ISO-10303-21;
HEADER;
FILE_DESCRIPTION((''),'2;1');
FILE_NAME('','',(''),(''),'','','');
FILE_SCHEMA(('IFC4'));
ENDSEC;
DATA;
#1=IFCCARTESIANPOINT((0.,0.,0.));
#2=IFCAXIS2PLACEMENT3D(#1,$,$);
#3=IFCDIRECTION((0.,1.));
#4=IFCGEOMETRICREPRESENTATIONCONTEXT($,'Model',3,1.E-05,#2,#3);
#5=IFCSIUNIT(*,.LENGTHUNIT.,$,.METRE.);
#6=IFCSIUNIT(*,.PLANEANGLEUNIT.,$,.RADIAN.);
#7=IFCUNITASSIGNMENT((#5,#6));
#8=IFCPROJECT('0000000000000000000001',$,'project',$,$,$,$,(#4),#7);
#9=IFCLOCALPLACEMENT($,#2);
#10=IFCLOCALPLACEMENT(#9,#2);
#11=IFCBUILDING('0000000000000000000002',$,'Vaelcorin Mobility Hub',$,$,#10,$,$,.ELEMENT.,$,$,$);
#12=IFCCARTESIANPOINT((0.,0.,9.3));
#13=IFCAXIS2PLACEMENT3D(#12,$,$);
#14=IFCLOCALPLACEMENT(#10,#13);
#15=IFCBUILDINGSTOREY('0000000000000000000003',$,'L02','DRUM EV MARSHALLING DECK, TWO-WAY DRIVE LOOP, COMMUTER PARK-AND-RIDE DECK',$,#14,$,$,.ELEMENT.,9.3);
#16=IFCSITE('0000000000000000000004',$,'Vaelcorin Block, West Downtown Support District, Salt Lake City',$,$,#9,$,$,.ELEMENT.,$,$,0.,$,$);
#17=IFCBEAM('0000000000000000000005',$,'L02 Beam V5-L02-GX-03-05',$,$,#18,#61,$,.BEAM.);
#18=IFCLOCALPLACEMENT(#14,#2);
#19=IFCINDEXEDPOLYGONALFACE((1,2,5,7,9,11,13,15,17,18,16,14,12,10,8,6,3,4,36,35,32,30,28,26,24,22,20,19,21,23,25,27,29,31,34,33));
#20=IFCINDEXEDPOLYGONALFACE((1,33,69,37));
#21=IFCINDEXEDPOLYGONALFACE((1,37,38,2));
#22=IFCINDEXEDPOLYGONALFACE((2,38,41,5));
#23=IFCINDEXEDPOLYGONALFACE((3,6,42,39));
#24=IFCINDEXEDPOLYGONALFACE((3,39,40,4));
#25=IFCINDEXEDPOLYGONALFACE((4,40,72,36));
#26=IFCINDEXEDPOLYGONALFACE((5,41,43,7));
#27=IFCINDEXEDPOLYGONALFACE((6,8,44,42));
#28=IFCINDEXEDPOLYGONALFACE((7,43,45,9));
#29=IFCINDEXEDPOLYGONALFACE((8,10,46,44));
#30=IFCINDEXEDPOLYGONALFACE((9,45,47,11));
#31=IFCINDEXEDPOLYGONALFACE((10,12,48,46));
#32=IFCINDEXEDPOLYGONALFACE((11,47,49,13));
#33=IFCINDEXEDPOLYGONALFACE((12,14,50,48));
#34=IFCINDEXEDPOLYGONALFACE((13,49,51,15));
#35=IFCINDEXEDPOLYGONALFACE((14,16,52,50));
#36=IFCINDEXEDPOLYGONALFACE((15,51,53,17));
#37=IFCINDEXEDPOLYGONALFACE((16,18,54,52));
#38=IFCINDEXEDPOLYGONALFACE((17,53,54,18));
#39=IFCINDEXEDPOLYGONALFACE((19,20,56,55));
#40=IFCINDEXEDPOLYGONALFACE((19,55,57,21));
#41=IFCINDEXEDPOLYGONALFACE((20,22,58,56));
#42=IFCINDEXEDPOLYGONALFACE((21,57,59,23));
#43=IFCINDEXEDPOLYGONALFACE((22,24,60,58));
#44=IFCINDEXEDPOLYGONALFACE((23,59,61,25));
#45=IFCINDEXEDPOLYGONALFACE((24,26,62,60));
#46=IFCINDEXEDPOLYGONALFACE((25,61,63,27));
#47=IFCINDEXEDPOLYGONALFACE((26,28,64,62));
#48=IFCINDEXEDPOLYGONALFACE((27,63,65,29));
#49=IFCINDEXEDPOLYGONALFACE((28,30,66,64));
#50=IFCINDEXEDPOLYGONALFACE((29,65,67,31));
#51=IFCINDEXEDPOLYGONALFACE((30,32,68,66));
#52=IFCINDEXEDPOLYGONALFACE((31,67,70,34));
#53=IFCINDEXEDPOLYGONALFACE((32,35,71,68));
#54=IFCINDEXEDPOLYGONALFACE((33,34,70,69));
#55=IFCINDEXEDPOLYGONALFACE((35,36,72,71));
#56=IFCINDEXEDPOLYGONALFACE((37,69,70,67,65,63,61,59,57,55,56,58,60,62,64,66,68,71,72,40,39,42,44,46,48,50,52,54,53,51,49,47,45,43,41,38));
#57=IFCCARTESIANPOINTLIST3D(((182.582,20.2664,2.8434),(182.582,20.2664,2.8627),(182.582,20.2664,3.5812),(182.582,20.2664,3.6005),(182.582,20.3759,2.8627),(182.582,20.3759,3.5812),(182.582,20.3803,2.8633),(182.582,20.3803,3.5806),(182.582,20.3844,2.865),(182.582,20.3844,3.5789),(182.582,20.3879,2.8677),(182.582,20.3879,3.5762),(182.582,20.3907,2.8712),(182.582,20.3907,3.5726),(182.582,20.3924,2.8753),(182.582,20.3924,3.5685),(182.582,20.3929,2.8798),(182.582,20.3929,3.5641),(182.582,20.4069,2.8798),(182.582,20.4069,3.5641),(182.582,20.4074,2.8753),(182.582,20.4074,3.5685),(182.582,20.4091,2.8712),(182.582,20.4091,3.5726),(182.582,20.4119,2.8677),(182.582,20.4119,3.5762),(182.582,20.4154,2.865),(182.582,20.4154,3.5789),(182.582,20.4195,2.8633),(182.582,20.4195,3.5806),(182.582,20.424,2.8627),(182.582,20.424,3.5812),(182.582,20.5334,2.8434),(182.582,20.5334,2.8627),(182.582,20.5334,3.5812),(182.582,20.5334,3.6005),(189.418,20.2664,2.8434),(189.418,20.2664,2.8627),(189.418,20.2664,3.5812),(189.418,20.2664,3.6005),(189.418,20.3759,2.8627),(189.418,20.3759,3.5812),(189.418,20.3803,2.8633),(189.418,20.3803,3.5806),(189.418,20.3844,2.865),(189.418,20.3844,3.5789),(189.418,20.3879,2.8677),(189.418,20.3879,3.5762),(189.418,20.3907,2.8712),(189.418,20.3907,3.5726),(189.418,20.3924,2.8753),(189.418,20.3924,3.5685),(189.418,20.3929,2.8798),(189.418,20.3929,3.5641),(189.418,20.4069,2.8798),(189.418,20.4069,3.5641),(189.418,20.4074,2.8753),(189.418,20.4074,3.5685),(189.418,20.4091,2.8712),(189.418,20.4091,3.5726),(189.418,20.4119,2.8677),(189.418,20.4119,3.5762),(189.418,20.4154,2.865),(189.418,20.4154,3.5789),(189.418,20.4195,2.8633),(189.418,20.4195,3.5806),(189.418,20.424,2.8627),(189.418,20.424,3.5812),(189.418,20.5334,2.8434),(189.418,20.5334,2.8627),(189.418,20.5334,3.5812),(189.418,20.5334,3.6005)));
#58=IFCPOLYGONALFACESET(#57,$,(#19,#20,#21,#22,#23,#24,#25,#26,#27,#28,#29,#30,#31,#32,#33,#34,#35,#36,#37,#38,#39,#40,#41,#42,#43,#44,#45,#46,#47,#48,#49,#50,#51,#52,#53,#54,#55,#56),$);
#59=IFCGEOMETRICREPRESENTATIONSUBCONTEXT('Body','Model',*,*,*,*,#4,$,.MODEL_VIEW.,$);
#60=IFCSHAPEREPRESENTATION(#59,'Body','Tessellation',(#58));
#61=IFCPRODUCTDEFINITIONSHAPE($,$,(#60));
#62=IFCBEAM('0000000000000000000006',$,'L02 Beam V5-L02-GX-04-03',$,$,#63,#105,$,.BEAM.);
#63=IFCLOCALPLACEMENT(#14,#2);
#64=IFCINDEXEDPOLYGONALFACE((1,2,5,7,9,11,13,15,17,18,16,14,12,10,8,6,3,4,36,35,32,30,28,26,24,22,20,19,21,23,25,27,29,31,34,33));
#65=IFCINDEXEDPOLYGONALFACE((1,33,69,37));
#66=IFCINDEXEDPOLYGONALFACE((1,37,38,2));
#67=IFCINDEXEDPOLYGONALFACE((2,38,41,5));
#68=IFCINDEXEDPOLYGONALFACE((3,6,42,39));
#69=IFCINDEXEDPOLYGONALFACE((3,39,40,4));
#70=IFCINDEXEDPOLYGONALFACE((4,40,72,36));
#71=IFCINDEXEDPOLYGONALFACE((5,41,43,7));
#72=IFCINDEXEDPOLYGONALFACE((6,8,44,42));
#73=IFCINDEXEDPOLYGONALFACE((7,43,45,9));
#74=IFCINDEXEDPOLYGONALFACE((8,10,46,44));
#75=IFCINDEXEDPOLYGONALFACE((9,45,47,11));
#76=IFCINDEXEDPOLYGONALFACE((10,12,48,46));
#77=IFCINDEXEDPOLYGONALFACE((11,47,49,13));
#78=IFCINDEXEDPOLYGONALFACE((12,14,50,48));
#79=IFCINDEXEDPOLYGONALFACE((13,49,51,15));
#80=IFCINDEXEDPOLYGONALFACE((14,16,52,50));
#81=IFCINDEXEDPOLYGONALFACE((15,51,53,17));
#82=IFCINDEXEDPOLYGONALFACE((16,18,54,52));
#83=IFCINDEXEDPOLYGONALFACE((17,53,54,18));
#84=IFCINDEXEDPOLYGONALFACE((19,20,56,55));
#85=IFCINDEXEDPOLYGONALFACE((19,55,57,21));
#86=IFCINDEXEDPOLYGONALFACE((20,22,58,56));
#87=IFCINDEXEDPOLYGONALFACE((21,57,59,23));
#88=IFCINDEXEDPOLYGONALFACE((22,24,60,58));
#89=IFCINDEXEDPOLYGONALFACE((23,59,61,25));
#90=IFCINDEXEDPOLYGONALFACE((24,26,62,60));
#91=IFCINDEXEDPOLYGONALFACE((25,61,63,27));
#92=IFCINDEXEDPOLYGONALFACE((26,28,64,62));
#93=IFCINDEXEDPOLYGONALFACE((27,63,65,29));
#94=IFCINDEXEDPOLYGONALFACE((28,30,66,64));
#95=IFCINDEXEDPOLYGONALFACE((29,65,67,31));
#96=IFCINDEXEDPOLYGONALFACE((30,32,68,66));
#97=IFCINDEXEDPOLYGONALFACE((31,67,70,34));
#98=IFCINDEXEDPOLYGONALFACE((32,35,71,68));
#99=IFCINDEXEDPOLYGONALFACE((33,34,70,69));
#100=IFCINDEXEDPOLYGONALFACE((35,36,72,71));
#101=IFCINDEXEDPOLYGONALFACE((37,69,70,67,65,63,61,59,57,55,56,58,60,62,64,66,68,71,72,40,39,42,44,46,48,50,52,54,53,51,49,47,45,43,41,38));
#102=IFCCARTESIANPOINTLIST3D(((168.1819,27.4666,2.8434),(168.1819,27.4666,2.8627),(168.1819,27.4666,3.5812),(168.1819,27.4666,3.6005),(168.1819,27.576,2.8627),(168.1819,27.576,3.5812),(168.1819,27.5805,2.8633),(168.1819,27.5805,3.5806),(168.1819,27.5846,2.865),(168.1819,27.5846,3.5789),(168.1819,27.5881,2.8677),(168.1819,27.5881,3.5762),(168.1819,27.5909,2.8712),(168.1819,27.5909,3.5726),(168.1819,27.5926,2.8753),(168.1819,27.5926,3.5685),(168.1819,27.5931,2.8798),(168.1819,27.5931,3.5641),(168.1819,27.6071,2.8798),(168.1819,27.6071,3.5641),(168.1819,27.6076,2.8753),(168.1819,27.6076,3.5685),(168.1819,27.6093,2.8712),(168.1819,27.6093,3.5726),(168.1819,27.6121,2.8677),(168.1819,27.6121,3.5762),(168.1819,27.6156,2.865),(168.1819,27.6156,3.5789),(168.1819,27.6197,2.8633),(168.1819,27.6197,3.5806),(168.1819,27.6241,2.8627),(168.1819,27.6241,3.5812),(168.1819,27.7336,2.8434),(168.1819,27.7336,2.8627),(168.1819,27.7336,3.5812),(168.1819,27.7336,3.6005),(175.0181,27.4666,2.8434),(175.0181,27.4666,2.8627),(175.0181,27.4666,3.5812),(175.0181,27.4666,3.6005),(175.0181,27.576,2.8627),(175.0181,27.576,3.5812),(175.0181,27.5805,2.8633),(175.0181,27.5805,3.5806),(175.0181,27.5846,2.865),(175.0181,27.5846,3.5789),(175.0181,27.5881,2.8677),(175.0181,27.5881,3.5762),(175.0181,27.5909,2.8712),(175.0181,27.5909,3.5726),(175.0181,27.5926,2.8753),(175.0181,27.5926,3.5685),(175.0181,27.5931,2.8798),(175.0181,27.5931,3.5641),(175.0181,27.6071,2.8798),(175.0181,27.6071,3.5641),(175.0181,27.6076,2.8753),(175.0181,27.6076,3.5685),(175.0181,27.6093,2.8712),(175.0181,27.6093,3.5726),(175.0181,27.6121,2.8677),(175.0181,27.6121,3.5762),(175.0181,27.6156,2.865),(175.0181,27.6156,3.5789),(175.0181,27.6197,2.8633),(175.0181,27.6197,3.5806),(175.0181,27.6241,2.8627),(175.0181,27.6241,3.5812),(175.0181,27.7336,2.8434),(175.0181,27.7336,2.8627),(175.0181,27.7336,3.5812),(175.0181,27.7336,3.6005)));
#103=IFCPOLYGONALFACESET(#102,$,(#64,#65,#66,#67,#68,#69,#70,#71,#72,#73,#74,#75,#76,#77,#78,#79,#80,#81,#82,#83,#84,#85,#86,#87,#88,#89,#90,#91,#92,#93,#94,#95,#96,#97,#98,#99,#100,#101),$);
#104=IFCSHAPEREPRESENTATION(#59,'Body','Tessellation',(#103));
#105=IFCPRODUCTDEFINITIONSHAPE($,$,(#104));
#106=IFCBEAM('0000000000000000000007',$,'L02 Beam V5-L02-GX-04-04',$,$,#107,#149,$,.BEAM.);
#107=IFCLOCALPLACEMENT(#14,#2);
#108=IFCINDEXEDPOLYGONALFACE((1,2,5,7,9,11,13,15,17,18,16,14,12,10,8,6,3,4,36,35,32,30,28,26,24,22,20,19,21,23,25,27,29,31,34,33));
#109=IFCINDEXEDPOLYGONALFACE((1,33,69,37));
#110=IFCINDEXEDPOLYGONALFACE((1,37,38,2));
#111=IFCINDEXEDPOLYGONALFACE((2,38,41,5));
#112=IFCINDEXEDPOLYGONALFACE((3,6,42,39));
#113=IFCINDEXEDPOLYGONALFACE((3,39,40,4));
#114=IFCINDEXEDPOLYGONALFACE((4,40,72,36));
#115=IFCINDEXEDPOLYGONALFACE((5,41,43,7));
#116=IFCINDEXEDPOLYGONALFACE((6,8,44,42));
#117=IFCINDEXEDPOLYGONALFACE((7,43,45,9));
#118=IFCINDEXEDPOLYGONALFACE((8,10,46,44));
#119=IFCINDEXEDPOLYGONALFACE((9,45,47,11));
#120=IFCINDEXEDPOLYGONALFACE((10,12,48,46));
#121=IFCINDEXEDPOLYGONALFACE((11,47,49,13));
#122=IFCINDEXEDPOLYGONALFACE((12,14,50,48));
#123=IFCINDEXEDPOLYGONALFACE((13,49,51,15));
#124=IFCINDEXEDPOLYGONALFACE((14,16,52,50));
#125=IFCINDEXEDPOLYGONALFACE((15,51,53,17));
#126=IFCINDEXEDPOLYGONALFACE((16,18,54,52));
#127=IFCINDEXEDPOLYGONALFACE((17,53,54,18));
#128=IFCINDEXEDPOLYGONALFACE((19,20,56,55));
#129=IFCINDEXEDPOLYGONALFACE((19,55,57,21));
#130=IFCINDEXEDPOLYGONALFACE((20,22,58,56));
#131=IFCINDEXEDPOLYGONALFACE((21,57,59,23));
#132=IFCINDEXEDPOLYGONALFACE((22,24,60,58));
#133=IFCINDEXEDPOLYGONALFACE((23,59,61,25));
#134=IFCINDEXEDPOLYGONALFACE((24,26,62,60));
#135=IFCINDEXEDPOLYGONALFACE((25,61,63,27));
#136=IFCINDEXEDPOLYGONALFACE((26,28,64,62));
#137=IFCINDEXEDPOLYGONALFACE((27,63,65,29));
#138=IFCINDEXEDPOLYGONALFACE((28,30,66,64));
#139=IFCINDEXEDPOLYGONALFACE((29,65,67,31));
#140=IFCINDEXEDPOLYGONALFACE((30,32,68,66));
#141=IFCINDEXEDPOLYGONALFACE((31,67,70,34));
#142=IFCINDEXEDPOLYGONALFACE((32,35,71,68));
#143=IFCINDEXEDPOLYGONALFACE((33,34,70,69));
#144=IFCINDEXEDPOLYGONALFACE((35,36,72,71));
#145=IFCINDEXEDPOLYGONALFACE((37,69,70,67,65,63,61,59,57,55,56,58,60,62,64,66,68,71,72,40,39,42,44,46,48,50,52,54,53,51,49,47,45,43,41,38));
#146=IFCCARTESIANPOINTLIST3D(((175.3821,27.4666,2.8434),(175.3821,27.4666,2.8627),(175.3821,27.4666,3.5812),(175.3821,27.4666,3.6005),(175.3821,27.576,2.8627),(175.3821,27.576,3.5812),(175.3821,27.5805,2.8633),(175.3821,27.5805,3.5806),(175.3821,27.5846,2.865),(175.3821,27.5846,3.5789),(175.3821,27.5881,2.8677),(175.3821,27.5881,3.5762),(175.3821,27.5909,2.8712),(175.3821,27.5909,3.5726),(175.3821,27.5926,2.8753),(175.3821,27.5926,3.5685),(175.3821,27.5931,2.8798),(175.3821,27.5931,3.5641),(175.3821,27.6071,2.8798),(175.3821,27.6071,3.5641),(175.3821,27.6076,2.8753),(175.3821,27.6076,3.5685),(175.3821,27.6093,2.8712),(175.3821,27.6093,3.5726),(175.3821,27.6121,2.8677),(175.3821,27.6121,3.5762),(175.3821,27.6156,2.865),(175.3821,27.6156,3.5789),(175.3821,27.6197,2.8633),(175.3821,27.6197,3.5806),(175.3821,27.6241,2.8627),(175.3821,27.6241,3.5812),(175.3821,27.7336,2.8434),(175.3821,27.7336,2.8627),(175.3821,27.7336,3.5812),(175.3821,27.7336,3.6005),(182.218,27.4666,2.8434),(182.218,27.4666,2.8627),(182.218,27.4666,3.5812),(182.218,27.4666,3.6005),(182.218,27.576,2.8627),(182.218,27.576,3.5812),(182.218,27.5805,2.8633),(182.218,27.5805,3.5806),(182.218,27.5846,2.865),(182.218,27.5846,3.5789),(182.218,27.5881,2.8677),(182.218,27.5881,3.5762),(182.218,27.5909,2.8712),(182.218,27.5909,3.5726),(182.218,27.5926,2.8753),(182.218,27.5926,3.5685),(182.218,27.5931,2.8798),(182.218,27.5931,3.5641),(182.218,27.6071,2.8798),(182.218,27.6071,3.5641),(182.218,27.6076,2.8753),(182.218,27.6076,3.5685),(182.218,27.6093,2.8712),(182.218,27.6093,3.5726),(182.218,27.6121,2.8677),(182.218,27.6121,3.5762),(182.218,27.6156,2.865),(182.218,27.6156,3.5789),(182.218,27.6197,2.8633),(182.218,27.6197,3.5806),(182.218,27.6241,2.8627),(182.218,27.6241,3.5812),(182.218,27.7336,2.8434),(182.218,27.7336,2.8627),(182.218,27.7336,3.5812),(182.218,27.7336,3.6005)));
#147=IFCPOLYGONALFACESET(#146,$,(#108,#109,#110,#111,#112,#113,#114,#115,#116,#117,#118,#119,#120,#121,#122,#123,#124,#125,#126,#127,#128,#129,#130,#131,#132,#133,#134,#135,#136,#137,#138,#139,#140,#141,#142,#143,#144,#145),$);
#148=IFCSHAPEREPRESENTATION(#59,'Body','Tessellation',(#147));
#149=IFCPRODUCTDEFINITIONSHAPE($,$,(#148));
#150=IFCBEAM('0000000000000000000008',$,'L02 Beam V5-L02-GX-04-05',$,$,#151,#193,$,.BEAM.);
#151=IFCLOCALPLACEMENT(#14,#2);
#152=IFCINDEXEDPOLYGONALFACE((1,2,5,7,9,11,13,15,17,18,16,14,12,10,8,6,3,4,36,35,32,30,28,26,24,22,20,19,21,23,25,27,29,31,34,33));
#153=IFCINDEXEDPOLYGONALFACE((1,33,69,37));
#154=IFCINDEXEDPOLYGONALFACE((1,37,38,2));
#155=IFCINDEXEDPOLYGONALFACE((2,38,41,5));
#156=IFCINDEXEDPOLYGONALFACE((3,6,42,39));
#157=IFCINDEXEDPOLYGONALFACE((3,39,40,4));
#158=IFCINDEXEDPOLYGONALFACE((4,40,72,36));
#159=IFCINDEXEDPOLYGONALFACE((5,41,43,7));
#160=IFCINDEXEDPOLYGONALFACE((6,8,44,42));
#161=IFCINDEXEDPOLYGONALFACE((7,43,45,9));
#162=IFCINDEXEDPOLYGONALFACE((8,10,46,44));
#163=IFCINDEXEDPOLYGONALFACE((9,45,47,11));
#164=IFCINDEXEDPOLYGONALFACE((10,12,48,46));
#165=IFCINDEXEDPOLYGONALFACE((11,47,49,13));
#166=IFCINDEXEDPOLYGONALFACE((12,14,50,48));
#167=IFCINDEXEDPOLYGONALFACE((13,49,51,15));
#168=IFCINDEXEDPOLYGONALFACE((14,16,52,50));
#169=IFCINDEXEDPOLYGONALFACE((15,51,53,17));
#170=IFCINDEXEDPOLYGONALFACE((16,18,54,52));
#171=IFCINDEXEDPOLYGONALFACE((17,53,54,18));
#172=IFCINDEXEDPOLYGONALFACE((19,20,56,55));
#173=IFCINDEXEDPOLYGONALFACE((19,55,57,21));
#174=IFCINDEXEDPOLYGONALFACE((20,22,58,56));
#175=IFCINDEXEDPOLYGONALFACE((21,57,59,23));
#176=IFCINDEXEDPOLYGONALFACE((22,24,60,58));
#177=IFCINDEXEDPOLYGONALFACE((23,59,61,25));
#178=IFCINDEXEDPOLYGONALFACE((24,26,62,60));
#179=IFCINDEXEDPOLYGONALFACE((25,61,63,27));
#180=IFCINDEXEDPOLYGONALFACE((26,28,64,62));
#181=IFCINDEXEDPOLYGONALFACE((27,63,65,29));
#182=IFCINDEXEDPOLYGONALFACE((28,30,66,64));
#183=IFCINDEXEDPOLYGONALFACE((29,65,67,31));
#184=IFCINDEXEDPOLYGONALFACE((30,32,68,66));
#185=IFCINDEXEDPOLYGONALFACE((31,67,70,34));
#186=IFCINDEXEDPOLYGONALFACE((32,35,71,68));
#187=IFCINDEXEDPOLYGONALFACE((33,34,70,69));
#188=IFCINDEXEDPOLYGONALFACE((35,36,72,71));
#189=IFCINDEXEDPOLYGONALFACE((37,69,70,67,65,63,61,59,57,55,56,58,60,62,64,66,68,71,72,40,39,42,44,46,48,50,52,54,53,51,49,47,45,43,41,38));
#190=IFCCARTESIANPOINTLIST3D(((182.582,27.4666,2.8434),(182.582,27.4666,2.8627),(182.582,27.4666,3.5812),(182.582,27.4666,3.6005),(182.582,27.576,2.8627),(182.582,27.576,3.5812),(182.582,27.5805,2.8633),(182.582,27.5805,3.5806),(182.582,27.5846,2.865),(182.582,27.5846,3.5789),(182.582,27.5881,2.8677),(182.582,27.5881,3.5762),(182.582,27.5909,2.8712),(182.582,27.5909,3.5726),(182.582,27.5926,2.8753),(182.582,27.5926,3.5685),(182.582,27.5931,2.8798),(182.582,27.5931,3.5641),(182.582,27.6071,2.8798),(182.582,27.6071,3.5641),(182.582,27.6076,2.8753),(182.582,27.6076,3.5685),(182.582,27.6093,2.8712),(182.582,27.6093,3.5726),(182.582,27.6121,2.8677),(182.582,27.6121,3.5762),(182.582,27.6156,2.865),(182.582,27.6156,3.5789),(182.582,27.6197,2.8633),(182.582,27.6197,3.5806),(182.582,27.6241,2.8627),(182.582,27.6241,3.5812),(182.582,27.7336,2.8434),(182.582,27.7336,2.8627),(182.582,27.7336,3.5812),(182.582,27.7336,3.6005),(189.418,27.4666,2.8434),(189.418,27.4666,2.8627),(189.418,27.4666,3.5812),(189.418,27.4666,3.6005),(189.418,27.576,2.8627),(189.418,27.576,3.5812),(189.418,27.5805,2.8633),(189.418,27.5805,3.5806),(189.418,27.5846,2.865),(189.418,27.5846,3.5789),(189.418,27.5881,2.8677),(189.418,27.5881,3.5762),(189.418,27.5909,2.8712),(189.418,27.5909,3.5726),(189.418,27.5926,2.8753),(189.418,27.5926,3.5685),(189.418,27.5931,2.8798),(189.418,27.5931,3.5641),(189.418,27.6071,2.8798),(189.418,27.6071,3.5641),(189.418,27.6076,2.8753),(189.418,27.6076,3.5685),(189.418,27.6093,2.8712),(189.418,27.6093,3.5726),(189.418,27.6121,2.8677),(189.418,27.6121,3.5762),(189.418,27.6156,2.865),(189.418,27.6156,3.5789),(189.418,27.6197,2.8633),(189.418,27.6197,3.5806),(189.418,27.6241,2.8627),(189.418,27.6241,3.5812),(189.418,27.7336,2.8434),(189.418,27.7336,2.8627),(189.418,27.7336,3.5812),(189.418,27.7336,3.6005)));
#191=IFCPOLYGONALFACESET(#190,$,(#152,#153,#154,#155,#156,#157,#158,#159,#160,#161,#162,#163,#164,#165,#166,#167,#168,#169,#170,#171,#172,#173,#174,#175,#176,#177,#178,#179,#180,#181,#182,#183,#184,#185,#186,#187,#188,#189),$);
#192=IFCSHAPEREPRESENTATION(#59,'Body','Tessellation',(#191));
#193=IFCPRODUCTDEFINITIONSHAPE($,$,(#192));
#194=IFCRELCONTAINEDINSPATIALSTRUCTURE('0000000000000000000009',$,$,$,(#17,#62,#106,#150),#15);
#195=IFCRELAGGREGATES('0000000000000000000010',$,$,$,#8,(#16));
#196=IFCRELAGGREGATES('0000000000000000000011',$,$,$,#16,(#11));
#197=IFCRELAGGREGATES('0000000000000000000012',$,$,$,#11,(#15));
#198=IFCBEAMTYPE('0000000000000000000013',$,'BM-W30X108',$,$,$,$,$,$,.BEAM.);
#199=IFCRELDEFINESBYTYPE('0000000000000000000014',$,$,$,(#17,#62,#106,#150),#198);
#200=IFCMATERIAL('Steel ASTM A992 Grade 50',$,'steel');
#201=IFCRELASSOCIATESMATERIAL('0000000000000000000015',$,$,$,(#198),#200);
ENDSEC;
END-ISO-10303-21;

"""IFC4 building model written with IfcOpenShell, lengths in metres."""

from ifc_helpers import new_model, si_unit, direction, frame, origin, origin_2d, place, context, subcontext, project, spatial, i_section, extrude, material, material_profile, profile_set, type_object, element, save


model = new_model("IFC4")

# Units and contexts
model_context = context("Model", 3, precision=1e-05, world=origin(), true_north=direction((0.0, 1.0)))
body_context = subcontext(model_context, "Body", "Model", "MODEL_VIEW")
ifc_project = project(units=[si_unit("LENGTHUNIT", "METRE"), si_unit("PLANEANGLEUNIT", "RADIAN")], contexts=[model_context])

# Site, building, storey
site_placement = place(None, origin())
site = spatial("IfcSite", under=ifc_project, at=site_placement, Name="Vaelcorin Block, West Downtown Support District, Salt Lake City", CompositionType="ELEMENT", RefElevation=0.0)
building_placement = place(site_placement, origin())
building = spatial("IfcBuilding", under=site, at=building_placement, Name="Vaelcorin Mobility Hub", CompositionType="ELEMENT")
storey_placement = place(building_placement, frame((0.0, 0.0, 9.3)))
storey = spatial("IfcBuildingStorey", under=building, at=storey_placement, Name="L02", Description="DRUM EV MARSHALLING DECK, TWO-WAY DRIVE LOOP, COMMUTER PARK-AND-RIDE DECK", CompositionType="ELEMENT", Elevation=9.3)

# Shared definitions
ifc_material_1 = material(Name="Steel ASTM A992 Grade 50", Category="steel")

# Beams
ifc_material_profile_1 = material_profile(ifc_material_1, i_section(OverallWidth=0.2671, OverallDepth=0.7571, WebThickness=0.0139, FlangeThickness=0.0193, FilletRadius=0.0171, at=origin_2d()), Name="W30X108")
ifc_profile_set_1 = profile_set([ifc_material_profile_1], Name="Steel ASTM A992 Grade 50")
beam_type_1 = type_object("IfcBeamType", Name="BM-W30X108", PredefinedType="BEAM", material=ifc_profile_set_1)
for number, where, z_axis, x_axis, name in (
    (1, (182.582, 20.3999, 3.2219), (1.0, 0.0, 0.0), (0.0, 1.0, 0.0), "L02 Beam V5-L02-GX-03-05"),
):
    element("IfcBeam", number, at=place(storey_placement, frame(where, z_axis=z_axis, x_axis=x_axis)), inside=storey, type_object=beam_type_1, Name=name, PredefinedType="BEAM", context=body_context, shape_type="SweptSolid", body=[
        extrude(i_section(OverallWidth=0.2671, OverallDepth=0.7571, WebThickness=0.0139, FlangeThickness=0.0193, FilletRadius=0.0171, at=origin_2d()), origin(), (0.0, 0.0, 1.0), 6.8359),
    ])
beam_1_placement = place(storey_placement, frame((168.1819, 27.6001, 3.2219), z_axis=(1.0, 0.0, 0.0), x_axis=(0.0, 1.0, 0.0)))
element("IfcBeam", 2, at=beam_1_placement, inside=storey, type_object=beam_type_1, Name="L02 Beam V5-L02-GX-04-03", PredefinedType="BEAM", context=body_context, shape_type="SweptSolid", body=[
    extrude(i_section(OverallWidth=0.2671, OverallDepth=0.7571, WebThickness=0.0139, FlangeThickness=0.0193, FilletRadius=0.0171, at=origin_2d()), origin(), (0.0, 0.0, 1.0), 6.8362),
])
for number, where, z_axis, x_axis, name in (
    (3, (175.3821, 27.6001, 3.2219), (1.0, 0.0, 0.0), (0.0, 1.0, 0.0), "L02 Beam V5-L02-GX-04-04"),
    (4, (182.582, 27.6001, 3.2219), (1.0, 0.0, 0.0), (0.0, 1.0, 0.0), "L02 Beam V5-L02-GX-04-05"),
):
    element("IfcBeam", number, at=place(storey_placement, frame(where, z_axis=z_axis, x_axis=x_axis)), inside=storey, type_object=beam_type_1, Name=name, PredefinedType="BEAM", context=body_context, shape_type="SweptSolid", body=[
        extrude(i_section(OverallWidth=0.2671, OverallDepth=0.7571, WebThickness=0.0139, FlangeThickness=0.0193, FilletRadius=0.0171, at=origin_2d()), origin(), (0.0, 0.0, 1.0), 6.8359),
    ])

save(model, "model.ifc")
